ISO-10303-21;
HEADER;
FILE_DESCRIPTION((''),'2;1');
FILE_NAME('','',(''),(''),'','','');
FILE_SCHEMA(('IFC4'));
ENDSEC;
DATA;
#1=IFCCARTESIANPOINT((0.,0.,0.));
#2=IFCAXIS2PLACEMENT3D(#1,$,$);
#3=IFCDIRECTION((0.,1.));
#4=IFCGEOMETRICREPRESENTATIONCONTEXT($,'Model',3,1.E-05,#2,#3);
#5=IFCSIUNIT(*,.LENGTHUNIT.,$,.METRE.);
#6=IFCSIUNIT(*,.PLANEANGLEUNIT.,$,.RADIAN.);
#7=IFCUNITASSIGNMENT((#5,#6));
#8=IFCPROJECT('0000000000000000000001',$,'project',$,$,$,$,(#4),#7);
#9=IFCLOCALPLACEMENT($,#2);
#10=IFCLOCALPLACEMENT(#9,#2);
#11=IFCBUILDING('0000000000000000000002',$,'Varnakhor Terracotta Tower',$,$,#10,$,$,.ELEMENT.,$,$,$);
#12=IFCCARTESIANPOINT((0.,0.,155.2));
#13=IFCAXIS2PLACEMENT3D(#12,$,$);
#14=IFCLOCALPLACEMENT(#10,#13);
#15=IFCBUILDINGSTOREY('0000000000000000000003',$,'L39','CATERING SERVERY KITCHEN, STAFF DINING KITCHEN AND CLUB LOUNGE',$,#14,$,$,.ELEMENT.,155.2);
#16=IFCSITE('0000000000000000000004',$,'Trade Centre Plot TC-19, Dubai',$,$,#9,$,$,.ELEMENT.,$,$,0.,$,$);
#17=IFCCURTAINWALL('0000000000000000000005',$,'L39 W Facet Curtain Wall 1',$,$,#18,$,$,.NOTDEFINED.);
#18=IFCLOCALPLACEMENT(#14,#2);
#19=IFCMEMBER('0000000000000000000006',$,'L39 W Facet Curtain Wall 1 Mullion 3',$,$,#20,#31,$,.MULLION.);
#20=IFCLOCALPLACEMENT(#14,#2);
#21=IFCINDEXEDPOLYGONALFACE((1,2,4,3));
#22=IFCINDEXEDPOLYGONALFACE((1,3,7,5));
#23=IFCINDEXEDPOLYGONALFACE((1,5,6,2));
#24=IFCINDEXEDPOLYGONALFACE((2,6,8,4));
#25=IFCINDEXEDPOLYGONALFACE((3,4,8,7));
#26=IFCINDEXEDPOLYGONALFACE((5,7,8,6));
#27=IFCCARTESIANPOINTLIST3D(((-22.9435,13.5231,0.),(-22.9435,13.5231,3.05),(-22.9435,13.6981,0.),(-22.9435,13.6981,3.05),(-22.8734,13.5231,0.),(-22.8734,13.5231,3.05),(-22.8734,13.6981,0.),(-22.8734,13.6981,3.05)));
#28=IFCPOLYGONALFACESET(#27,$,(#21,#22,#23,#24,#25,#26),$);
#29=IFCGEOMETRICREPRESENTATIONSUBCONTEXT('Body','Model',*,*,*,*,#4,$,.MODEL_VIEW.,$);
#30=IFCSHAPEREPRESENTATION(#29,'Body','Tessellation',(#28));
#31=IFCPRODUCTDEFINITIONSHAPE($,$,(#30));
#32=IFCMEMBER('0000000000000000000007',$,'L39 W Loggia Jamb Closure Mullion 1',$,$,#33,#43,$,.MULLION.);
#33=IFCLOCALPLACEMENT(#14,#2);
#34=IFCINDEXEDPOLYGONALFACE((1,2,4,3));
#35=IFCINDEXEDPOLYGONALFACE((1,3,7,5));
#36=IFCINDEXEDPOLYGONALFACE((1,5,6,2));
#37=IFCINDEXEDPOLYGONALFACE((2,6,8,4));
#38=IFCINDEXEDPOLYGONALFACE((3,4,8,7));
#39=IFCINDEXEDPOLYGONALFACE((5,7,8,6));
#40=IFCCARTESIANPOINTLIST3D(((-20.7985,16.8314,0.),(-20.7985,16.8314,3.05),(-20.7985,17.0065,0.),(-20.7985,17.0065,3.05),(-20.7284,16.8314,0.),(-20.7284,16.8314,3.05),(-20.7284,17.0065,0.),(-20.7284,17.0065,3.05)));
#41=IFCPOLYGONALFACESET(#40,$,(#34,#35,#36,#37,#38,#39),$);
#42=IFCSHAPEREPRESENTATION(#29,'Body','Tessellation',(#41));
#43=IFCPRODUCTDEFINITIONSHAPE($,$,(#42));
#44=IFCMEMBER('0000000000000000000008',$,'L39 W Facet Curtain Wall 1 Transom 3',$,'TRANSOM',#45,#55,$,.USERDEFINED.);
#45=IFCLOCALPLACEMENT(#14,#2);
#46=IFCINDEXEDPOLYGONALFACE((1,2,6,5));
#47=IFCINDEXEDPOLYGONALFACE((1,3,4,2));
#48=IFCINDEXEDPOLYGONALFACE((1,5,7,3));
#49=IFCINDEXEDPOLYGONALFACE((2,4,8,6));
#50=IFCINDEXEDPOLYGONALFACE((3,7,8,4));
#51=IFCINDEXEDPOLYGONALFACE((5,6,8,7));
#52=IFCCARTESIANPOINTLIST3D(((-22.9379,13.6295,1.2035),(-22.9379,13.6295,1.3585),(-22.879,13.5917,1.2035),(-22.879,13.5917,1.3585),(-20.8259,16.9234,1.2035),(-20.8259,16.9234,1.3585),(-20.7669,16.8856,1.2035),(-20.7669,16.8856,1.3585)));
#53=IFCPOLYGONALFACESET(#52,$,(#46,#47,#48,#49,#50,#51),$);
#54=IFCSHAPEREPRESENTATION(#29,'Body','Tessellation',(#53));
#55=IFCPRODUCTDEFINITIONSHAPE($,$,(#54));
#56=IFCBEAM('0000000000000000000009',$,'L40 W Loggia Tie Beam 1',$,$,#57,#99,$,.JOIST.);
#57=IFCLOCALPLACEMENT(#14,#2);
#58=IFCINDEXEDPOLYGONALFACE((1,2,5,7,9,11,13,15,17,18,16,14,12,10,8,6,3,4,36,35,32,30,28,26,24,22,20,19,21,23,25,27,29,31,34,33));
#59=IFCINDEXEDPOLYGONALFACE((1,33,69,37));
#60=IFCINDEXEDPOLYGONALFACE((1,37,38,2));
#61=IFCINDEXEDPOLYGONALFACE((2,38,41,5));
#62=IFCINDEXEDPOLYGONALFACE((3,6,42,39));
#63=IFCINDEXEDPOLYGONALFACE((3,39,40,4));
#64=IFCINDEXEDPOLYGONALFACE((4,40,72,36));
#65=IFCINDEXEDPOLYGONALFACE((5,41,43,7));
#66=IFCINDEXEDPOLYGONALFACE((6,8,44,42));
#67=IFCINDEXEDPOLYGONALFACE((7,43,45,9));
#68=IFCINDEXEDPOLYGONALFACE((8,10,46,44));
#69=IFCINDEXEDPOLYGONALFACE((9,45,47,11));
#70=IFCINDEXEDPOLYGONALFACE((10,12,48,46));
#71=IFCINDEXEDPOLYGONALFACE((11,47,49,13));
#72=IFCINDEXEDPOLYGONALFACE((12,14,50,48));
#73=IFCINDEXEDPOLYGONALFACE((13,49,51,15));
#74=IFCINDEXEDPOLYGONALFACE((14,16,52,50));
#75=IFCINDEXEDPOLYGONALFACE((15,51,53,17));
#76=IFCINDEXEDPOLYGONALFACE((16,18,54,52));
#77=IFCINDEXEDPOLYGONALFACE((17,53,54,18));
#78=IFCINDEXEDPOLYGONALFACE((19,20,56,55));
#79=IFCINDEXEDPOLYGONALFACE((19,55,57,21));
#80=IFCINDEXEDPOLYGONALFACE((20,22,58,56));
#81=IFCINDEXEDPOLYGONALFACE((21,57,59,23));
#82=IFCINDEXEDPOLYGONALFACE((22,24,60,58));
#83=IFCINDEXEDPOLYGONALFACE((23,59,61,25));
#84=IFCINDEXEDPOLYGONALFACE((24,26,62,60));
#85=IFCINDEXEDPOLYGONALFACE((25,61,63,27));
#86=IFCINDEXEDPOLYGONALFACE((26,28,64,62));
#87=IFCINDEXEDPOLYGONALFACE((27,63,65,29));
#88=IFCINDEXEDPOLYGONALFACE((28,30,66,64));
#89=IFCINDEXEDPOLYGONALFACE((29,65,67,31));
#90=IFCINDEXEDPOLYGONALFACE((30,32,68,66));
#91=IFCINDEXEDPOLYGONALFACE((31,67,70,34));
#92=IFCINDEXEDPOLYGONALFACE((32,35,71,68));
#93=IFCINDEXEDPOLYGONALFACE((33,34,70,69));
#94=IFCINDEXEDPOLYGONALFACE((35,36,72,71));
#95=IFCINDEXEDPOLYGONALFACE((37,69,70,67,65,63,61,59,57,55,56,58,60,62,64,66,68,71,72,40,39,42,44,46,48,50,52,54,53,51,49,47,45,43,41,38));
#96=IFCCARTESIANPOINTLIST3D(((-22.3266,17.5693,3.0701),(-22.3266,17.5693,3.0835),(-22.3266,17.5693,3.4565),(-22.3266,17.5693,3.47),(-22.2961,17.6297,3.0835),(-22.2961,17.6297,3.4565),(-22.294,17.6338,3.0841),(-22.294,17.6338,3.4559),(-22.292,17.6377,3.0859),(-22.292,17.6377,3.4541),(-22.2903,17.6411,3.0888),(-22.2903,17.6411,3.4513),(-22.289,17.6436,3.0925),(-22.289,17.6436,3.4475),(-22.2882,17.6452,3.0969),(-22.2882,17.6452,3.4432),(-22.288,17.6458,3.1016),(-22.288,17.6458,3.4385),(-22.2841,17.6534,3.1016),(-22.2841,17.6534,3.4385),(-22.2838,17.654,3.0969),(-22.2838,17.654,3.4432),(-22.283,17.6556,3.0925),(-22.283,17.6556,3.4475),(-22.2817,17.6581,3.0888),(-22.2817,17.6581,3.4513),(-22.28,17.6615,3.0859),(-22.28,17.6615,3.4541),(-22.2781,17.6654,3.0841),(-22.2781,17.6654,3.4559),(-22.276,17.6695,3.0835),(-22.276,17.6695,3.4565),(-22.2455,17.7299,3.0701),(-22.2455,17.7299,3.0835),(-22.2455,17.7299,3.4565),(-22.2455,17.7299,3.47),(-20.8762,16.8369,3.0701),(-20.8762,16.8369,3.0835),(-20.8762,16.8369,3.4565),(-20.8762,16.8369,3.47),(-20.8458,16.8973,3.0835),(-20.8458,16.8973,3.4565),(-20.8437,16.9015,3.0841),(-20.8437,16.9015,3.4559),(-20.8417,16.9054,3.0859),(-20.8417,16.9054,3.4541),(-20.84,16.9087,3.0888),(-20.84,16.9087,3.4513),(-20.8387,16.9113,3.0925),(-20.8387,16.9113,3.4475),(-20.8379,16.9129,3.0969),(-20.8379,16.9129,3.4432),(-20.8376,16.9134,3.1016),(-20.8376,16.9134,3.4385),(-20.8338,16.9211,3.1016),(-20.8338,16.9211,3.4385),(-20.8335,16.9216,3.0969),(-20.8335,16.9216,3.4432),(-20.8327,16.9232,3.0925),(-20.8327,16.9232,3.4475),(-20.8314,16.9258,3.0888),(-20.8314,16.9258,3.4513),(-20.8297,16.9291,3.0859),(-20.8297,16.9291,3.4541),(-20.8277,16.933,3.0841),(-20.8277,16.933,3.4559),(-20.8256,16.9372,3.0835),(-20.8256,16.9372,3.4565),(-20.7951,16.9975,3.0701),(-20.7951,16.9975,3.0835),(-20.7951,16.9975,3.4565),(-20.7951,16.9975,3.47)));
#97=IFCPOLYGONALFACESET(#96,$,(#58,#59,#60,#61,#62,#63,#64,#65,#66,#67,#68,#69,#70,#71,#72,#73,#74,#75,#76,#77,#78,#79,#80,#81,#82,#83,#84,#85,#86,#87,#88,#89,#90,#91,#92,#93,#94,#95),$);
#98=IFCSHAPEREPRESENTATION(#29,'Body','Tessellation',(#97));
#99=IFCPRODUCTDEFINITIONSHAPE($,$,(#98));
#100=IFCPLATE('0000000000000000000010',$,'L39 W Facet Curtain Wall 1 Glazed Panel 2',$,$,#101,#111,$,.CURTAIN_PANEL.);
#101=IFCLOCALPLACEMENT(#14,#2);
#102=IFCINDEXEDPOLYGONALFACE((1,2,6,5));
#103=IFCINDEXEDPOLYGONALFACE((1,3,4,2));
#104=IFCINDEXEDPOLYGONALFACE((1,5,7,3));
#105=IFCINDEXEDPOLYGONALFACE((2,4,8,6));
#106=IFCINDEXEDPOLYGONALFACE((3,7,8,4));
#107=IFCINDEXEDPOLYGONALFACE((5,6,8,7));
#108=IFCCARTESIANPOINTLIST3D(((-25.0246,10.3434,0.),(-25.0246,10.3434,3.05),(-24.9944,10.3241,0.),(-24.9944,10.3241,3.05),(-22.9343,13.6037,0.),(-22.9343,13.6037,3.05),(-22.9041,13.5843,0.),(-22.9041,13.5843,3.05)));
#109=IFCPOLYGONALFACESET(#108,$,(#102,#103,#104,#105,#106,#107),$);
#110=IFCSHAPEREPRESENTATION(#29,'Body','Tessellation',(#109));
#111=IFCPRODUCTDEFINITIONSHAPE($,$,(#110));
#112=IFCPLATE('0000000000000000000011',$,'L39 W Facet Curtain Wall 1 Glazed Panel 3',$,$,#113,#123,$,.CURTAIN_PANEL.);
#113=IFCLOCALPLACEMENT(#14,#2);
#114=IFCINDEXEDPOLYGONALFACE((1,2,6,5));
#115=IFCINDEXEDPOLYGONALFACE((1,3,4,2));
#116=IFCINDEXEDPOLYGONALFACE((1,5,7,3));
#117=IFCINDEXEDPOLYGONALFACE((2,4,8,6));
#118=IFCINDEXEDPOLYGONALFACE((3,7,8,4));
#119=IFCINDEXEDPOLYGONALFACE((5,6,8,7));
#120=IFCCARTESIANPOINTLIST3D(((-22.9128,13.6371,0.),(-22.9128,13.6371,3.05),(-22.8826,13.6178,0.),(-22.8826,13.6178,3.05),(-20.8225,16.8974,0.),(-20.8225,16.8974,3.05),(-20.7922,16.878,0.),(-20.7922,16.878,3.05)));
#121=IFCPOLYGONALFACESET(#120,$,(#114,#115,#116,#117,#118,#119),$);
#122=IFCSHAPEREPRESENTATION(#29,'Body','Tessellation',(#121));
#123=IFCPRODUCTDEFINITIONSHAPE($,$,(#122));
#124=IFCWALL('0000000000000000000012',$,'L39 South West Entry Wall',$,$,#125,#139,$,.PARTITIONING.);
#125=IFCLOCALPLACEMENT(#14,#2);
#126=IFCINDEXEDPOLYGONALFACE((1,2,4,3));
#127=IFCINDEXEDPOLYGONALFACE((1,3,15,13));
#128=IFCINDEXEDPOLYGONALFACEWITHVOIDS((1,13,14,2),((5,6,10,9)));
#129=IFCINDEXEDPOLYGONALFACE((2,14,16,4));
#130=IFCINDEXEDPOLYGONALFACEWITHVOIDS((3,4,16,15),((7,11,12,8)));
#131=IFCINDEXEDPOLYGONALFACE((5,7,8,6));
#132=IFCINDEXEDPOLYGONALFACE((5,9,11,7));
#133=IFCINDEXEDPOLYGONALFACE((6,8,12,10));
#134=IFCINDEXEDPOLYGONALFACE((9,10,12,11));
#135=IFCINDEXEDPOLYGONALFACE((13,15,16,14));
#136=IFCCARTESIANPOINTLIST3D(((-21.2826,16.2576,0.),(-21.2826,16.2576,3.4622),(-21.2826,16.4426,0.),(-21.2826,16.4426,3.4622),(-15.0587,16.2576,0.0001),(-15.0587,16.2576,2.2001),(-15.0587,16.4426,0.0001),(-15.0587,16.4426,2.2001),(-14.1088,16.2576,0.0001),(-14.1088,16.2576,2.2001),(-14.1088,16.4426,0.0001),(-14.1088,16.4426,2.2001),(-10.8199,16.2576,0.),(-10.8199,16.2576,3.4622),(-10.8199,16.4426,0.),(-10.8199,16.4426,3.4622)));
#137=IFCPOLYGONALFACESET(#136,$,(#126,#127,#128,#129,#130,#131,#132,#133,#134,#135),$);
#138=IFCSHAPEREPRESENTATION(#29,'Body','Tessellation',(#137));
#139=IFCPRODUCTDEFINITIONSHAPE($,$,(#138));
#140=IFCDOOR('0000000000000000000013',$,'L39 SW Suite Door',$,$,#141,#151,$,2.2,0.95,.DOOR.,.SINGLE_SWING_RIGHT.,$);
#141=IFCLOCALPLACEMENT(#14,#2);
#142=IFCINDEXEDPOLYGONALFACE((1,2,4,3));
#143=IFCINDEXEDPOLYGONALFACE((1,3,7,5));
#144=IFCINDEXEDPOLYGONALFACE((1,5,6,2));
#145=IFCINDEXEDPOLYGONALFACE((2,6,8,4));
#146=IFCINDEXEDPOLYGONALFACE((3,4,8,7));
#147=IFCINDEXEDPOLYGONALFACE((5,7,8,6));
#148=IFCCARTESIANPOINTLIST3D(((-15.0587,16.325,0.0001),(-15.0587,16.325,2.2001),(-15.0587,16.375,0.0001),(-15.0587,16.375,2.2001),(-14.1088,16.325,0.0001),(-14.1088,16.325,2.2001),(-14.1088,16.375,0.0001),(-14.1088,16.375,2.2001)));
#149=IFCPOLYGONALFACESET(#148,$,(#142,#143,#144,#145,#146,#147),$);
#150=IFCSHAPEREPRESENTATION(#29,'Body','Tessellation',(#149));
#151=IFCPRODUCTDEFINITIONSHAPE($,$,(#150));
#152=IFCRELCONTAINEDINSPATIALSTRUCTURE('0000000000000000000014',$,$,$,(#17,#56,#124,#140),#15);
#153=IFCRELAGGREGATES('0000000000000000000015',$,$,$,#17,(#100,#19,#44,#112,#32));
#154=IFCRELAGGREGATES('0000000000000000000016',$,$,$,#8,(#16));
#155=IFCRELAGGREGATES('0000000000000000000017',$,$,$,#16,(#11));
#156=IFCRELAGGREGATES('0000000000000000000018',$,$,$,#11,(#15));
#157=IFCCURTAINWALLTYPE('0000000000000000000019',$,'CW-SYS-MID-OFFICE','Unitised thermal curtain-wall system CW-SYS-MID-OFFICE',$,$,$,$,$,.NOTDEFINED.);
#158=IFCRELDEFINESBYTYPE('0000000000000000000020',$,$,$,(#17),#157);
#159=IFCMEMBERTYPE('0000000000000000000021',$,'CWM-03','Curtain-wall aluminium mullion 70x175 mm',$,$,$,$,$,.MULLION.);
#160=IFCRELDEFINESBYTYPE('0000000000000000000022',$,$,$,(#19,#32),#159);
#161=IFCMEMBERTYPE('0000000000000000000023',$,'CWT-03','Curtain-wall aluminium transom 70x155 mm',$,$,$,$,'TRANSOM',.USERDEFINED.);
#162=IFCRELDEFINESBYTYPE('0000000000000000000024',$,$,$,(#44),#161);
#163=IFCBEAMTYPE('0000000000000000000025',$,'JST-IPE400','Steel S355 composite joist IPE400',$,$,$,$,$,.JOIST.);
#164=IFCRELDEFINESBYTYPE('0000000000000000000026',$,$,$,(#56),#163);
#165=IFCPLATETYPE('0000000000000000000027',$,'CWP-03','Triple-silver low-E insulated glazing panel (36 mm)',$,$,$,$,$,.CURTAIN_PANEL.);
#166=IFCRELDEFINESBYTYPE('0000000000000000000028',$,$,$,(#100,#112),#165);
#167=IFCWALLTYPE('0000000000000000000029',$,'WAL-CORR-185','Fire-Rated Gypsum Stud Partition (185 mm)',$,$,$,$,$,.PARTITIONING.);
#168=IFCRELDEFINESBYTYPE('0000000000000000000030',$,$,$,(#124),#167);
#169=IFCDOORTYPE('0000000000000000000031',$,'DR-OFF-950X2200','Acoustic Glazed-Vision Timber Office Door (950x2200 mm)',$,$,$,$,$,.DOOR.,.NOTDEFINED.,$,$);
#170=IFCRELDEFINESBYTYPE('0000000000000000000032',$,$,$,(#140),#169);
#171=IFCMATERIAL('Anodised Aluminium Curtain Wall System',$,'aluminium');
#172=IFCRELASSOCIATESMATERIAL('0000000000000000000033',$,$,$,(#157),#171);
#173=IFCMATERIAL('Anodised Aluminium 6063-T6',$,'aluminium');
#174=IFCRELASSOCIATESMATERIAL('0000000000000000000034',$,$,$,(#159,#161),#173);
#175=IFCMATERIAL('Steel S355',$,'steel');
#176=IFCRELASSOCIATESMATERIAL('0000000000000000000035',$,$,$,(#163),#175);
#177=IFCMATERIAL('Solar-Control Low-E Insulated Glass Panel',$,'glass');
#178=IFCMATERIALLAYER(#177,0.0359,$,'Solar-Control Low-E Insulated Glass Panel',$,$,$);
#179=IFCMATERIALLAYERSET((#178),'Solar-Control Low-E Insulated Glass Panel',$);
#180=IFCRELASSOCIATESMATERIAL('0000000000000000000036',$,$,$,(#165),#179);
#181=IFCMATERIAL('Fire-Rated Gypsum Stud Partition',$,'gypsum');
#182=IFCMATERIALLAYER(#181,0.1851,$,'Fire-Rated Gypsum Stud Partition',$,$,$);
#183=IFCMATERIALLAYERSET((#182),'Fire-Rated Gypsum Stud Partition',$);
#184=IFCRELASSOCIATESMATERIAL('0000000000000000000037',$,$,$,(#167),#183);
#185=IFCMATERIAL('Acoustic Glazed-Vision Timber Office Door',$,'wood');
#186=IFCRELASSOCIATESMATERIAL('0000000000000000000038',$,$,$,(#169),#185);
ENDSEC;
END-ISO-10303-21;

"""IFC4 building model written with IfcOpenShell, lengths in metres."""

from ifc_helpers import new_model, si_unit, direction, frame, frame_2d, origin, origin_2d, place, context, subcontext, project, spatial, rectangle, i_section, extrude, source, transform, mapped, material, layer, layer_set, material_profile, profile_set, type_object, type_shapes, element, fill, aggregate, save


model = new_model("IFC4")

# Units and contexts
model_context = context("Model", 3, precision=1e-05, world=origin(), true_north=direction((0.0, 1.0)))
body_context = subcontext(model_context, "Body", "Model", "MODEL_VIEW")
ifc_project = project(units=[si_unit("LENGTHUNIT", "METRE"), si_unit("PLANEANGLEUNIT", "RADIAN")], contexts=[model_context])

# Site, building, storey
site_placement = place(None, origin())
site = spatial("IfcSite", under=ifc_project, at=site_placement, Name="Trade Centre Plot TC-19, Dubai", CompositionType="ELEMENT", RefElevation=0.0)
building_placement = place(site_placement, origin())
building = spatial("IfcBuilding", under=site, at=building_placement, Name="Varnakhor Terracotta Tower", CompositionType="ELEMENT")
storey_placement = place(building_placement, frame((0.0, 0.0, 155.2)))
storey = spatial("IfcBuildingStorey", under=building, at=storey_placement, Name="L39", Description="CATERING SERVERY KITCHEN, STAFF DINING KITCHEN AND CLUB LOUNGE", CompositionType="ELEMENT", Elevation=155.2)

# Shared definitions
ifc_material_1 = material(Name="Steel S355", Category="steel")

# Curtain wall, members
ifc_material_2 = material(Name="Anodised Aluminium Curtain Wall System", Category="aluminium")
curtain_wall_type = type_object("IfcCurtainWallType", Name="CW-SYS-MID-OFFICE", Description="Unitised thermal curtain-wall system CW-SYS-MID-OFFICE", PredefinedType="NOTDEFINED", material=ifc_material_2)
curtain_wall_placement = place(storey_placement, origin())
curtain_wall = element("IfcCurtainWall", 1, at=curtain_wall_placement, inside=storey, type_object=curtain_wall_type, Name="L39 W Facet Curtain Wall 1", PredefinedType="NOTDEFINED")
ifc_material_3 = material(Name="Anodised Aluminium 6063-T6", Category="aluminium")
ifc_material_profile_1 = material_profile(ifc_material_3, rectangle(XDim=0.0701, YDim=0.175, at=origin_2d()), Name="ALU MULLION 70x175")
ifc_profile_set_1 = profile_set([ifc_material_profile_1], Name="Anodised Aluminium 6063-T6")
member_type_1 = type_object("IfcMemberType", Name="CWM-03", Description="Curtain-wall aluminium mullion 70x175 mm", PredefinedType="MULLION", material=ifc_profile_set_1)
shared_shape_1 = source(origin(), body_context, "Body", "SweptSolid", [
    extrude(rectangle(XDim=0.0701, YDim=0.175, at=origin_2d()), origin(), (0.0, 0.0, 1.0), 3.05),
])
member_1_placement = place(storey_placement, frame((-22.9084, 13.6106, 0.0), z_axis=(0.0, 0.0, 1.0), x_axis=(1.0, 0.0, 0.0)))
member_1 = element("IfcMember", 2, at=member_1_placement, type_object=member_type_1, Name="L39 W Facet Curtain Wall 1 Mullion 3", PredefinedType="MULLION", context=body_context, shape_type="MappedRepresentation", body=[
    mapped(shared_shape_1, transform((0.0, 0.0, 0.0), scale=1.0)),
])
member_2_placement = place(storey_placement, frame((-20.7634, 16.9189, 0.0), z_axis=(0.0, 0.0, 1.0), x_axis=(1.0, 0.0, 0.0)))
member_2 = element("IfcMember", 3, at=member_2_placement, type_object=member_type_1, Name="L39 W Loggia Jamb Closure Mullion 1", PredefinedType="MULLION", context=body_context, shape_type="MappedRepresentation", body=[
    mapped(shared_shape_1, transform((0.0, 0.0, 0.0), scale=1.0)),
])
ifc_material_profile_2 = material_profile(ifc_material_3, rectangle(XDim=0.0701, YDim=0.155, at=origin_2d()), Name="ALU TRANSOM 70x155")
ifc_profile_set_2 = profile_set([ifc_material_profile_2], Name="Anodised Aluminium 6063-T6")
member_type_2 = type_object("IfcMemberType", Name="CWT-03", Description="Curtain-wall aluminium transom 70x155 mm", ElementType="TRANSOM", PredefinedType="USERDEFINED", material=ifc_profile_set_2)
shared_shape_2 = source(origin(), body_context, "Body", "SweptSolid", [
    extrude(rectangle(XDim=0.0701, YDim=0.155, at=origin_2d()), origin(), (0.0, 0.0, 1.0), 3.9128),
])
member_3_placement = place(storey_placement, frame((-22.9084, 13.6106, 1.281), z_axis=(0.539767, 0.841814, 0.0), x_axis=(-0.841814, 0.539767, 0.0)))
member_3 = element("IfcMember", 4, at=member_3_placement, type_object=member_type_2, Name="L39 W Facet Curtain Wall 1 Transom 3", ObjectType="TRANSOM", PredefinedType="USERDEFINED", context=body_context, shape_type="MappedRepresentation", body=[
    mapped(shared_shape_2, transform((0.0, 0.0, 0.0), scale=1.0)),
])

# Beam
ifc_material_profile_3 = material_profile(ifc_material_1, i_section(OverallWidth=0.1799, OverallDepth=0.3999, WebThickness=0.0085, FlangeThickness=0.0134, FilletRadius=0.0181, at=origin_2d()), Name="IPE400")
ifc_profile_set_3 = profile_set([ifc_material_profile_3], Name="Steel S355")
beam_type_1 = type_object("IfcBeamType", Name="JST-IPE400", Description="Steel S355 composite joist IPE400", PredefinedType="JOIST", material=ifc_profile_set_3)
shared_shape_3 = source(origin(), body_context, "Body", "SweptSolid", [
    extrude(i_section(OverallWidth=0.1799, OverallDepth=0.3999, WebThickness=0.0085, FlangeThickness=0.0134, FilletRadius=0.0181, at=origin_2d()), origin(), (0.0, 0.0, 1.0), 1.6248),
])
beam_1_placement = place(storey_placement, frame((-20.8357, 16.9172, 3.27), z_axis=(-0.892647, 0.450756, 0.0), x_axis=(-0.450756, -0.892647, 0.0)))
element("IfcBeam", 5, at=beam_1_placement, inside=storey, type_object=beam_type_1, Name="L40 W Loggia Tie Beam 1", PredefinedType="JOIST", context=body_context, shape_type="MappedRepresentation", body=[
    mapped(shared_shape_3, transform((0.0, 0.0, 0.0), scale=1.0)),
])

# Plates
ifc_material_4 = material(Name="Solar-Control Low-E Insulated Glass Panel", Category="glass")
ifc_layer_1 = layer(ifc_material_4, 0.0359, Name="Solar-Control Low-E Insulated Glass Panel")
ifc_layer_set_1 = layer_set([ifc_layer_1], Name="Solar-Control Low-E Insulated Glass Panel")
plate_type = type_object("IfcPlateType", Name="CWP-03", Description="Triple-silver low-E insulated glazing panel (36 mm)", PredefinedType="CURTAIN_PANEL", material=ifc_layer_set_1)
shared_shape_4 = source(origin(), body_context, "Body", "SweptSolid", [
    extrude(rectangle(XDim=3.8728, YDim=0.0359, at=origin_2d()), origin(), (0.0, 0.0, 1.0), 3.05),
])
plate_1_placement = place(storey_placement, frame((-23.9644, 11.9639, 0.0), z_axis=(0.0, 0.0, 1.0), x_axis=(0.539756, 0.841822, 0.0)))
plate_1 = element("IfcPlate", 6, at=plate_1_placement, type_object=plate_type, Name="L39 W Facet Curtain Wall 1 Glazed Panel 2", PredefinedType="CURTAIN_PANEL", context=body_context, shape_type="MappedRepresentation", body=[
    mapped(shared_shape_4, transform((0.0, 0.0, 0.0), scale=1.0)),
])
plate_2_placement = place(storey_placement, frame((-21.8525, 15.2576, 0.0), z_axis=(0.0, 0.0, 1.0), x_axis=(0.539756, 0.841822, 0.0)))
plate_2 = element("IfcPlate", 7, at=plate_2_placement, type_object=plate_type, Name="L39 W Facet Curtain Wall 1 Glazed Panel 3", PredefinedType="CURTAIN_PANEL", context=body_context, shape_type="MappedRepresentation", body=[
    mapped(shared_shape_4, transform((0.0, 0.0, 0.0), scale=1.0)),
])
aggregate(curtain_wall, [plate_1, member_1, member_3, plate_2, member_2])

# Wall, opening, door
ifc_material_5 = material(Name="Fire-Rated Gypsum Stud Partition", Category="gypsum")
ifc_layer_2 = layer(ifc_material_5, 0.1851, Name="Fire-Rated Gypsum Stud Partition")
ifc_layer_set_2 = layer_set([ifc_layer_2], Name="Fire-Rated Gypsum Stud Partition")
wall_type_1 = type_object("IfcWallType", Name="WAL-CORR-185", Description="Fire-Rated Gypsum Stud Partition (185 mm)", PredefinedType="PARTITIONING", material=ifc_layer_set_2)
wall_1_placement = place(storey_placement, frame((-21.2827, 16.3501, 0.0), z_axis=(0.0, 0.0, 1.0), x_axis=(1.0, 0.0, 0.0)))
wall_1 = element("IfcWall", 8, at=wall_1_placement, inside=storey, type_object=wall_type_1, Name="L39 South West Entry Wall", PredefinedType="PARTITIONING", context=body_context, shape_type="SweptSolid", body=[
    extrude(rectangle(XDim=10.4626, YDim=0.1851, at=frame_2d((5.2314, 0.0))), origin(), (0.0, 0.0, 1.0), 3.4622),
])
opening_1_placement = place(wall_1_placement, frame((6.2239, 0.0, 0.0)))
opening_1 = element("IfcOpeningElement", 9, at=opening_1_placement, cuts=wall_1, PredefinedType="OPENING", context=body_context, shape_type="SweptSolid", body=[
    extrude(rectangle(XDim=0.95, YDim=2.2, at=frame_2d((0.4751, 1.1001))), frame((0.0, 0.1025, 0.0), z_axis=(0.0, -1.0, 0.0), x_axis=(1.0, 0.0, 0.0)), (0.0, 0.0, 1.0), 0.2051),
])
ifc_material_6 = material(Name="Acoustic Glazed-Vision Timber Office Door", Category="wood")
door_type_1 = type_object("IfcDoorType", Name="DR-OFF-950X2200", Description="Acoustic Glazed-Vision Timber Office Door (950x2200 mm)", OperationType="NOTDEFINED", PredefinedType="DOOR", material=ifc_material_6)
shared_shape_5 = source(origin(), body_context, "Body", "SweptSolid", [
    extrude(rectangle(XDim=0.95, YDim=2.2, at=frame_2d((0.4751, 1.1001))), frame((0.0, 0.0249, 0.0), z_axis=(0.0, -1.0, 0.0), x_axis=(1.0, 0.0, 0.0)), (0.0, 0.0, 1.0), 0.05),
])
type_shapes(door_type_1, [shared_shape_5])
door_1_placement = place(opening_1_placement, origin())
door_1 = element("IfcDoor", 10, at=door_1_placement, inside=storey, type_object=door_type_1, Name="L39 SW Suite Door", OperationType="SINGLE_SWING_RIGHT", OverallHeight=2.2, OverallWidth=0.95, PredefinedType="DOOR", context=body_context, shape_type="MappedRepresentation", body=[
    mapped(shared_shape_5, transform((0.0, 0.0, 0.0), scale=1.0)),
])
fill(opening_1, door_1)

save(model, "model.ifc")
